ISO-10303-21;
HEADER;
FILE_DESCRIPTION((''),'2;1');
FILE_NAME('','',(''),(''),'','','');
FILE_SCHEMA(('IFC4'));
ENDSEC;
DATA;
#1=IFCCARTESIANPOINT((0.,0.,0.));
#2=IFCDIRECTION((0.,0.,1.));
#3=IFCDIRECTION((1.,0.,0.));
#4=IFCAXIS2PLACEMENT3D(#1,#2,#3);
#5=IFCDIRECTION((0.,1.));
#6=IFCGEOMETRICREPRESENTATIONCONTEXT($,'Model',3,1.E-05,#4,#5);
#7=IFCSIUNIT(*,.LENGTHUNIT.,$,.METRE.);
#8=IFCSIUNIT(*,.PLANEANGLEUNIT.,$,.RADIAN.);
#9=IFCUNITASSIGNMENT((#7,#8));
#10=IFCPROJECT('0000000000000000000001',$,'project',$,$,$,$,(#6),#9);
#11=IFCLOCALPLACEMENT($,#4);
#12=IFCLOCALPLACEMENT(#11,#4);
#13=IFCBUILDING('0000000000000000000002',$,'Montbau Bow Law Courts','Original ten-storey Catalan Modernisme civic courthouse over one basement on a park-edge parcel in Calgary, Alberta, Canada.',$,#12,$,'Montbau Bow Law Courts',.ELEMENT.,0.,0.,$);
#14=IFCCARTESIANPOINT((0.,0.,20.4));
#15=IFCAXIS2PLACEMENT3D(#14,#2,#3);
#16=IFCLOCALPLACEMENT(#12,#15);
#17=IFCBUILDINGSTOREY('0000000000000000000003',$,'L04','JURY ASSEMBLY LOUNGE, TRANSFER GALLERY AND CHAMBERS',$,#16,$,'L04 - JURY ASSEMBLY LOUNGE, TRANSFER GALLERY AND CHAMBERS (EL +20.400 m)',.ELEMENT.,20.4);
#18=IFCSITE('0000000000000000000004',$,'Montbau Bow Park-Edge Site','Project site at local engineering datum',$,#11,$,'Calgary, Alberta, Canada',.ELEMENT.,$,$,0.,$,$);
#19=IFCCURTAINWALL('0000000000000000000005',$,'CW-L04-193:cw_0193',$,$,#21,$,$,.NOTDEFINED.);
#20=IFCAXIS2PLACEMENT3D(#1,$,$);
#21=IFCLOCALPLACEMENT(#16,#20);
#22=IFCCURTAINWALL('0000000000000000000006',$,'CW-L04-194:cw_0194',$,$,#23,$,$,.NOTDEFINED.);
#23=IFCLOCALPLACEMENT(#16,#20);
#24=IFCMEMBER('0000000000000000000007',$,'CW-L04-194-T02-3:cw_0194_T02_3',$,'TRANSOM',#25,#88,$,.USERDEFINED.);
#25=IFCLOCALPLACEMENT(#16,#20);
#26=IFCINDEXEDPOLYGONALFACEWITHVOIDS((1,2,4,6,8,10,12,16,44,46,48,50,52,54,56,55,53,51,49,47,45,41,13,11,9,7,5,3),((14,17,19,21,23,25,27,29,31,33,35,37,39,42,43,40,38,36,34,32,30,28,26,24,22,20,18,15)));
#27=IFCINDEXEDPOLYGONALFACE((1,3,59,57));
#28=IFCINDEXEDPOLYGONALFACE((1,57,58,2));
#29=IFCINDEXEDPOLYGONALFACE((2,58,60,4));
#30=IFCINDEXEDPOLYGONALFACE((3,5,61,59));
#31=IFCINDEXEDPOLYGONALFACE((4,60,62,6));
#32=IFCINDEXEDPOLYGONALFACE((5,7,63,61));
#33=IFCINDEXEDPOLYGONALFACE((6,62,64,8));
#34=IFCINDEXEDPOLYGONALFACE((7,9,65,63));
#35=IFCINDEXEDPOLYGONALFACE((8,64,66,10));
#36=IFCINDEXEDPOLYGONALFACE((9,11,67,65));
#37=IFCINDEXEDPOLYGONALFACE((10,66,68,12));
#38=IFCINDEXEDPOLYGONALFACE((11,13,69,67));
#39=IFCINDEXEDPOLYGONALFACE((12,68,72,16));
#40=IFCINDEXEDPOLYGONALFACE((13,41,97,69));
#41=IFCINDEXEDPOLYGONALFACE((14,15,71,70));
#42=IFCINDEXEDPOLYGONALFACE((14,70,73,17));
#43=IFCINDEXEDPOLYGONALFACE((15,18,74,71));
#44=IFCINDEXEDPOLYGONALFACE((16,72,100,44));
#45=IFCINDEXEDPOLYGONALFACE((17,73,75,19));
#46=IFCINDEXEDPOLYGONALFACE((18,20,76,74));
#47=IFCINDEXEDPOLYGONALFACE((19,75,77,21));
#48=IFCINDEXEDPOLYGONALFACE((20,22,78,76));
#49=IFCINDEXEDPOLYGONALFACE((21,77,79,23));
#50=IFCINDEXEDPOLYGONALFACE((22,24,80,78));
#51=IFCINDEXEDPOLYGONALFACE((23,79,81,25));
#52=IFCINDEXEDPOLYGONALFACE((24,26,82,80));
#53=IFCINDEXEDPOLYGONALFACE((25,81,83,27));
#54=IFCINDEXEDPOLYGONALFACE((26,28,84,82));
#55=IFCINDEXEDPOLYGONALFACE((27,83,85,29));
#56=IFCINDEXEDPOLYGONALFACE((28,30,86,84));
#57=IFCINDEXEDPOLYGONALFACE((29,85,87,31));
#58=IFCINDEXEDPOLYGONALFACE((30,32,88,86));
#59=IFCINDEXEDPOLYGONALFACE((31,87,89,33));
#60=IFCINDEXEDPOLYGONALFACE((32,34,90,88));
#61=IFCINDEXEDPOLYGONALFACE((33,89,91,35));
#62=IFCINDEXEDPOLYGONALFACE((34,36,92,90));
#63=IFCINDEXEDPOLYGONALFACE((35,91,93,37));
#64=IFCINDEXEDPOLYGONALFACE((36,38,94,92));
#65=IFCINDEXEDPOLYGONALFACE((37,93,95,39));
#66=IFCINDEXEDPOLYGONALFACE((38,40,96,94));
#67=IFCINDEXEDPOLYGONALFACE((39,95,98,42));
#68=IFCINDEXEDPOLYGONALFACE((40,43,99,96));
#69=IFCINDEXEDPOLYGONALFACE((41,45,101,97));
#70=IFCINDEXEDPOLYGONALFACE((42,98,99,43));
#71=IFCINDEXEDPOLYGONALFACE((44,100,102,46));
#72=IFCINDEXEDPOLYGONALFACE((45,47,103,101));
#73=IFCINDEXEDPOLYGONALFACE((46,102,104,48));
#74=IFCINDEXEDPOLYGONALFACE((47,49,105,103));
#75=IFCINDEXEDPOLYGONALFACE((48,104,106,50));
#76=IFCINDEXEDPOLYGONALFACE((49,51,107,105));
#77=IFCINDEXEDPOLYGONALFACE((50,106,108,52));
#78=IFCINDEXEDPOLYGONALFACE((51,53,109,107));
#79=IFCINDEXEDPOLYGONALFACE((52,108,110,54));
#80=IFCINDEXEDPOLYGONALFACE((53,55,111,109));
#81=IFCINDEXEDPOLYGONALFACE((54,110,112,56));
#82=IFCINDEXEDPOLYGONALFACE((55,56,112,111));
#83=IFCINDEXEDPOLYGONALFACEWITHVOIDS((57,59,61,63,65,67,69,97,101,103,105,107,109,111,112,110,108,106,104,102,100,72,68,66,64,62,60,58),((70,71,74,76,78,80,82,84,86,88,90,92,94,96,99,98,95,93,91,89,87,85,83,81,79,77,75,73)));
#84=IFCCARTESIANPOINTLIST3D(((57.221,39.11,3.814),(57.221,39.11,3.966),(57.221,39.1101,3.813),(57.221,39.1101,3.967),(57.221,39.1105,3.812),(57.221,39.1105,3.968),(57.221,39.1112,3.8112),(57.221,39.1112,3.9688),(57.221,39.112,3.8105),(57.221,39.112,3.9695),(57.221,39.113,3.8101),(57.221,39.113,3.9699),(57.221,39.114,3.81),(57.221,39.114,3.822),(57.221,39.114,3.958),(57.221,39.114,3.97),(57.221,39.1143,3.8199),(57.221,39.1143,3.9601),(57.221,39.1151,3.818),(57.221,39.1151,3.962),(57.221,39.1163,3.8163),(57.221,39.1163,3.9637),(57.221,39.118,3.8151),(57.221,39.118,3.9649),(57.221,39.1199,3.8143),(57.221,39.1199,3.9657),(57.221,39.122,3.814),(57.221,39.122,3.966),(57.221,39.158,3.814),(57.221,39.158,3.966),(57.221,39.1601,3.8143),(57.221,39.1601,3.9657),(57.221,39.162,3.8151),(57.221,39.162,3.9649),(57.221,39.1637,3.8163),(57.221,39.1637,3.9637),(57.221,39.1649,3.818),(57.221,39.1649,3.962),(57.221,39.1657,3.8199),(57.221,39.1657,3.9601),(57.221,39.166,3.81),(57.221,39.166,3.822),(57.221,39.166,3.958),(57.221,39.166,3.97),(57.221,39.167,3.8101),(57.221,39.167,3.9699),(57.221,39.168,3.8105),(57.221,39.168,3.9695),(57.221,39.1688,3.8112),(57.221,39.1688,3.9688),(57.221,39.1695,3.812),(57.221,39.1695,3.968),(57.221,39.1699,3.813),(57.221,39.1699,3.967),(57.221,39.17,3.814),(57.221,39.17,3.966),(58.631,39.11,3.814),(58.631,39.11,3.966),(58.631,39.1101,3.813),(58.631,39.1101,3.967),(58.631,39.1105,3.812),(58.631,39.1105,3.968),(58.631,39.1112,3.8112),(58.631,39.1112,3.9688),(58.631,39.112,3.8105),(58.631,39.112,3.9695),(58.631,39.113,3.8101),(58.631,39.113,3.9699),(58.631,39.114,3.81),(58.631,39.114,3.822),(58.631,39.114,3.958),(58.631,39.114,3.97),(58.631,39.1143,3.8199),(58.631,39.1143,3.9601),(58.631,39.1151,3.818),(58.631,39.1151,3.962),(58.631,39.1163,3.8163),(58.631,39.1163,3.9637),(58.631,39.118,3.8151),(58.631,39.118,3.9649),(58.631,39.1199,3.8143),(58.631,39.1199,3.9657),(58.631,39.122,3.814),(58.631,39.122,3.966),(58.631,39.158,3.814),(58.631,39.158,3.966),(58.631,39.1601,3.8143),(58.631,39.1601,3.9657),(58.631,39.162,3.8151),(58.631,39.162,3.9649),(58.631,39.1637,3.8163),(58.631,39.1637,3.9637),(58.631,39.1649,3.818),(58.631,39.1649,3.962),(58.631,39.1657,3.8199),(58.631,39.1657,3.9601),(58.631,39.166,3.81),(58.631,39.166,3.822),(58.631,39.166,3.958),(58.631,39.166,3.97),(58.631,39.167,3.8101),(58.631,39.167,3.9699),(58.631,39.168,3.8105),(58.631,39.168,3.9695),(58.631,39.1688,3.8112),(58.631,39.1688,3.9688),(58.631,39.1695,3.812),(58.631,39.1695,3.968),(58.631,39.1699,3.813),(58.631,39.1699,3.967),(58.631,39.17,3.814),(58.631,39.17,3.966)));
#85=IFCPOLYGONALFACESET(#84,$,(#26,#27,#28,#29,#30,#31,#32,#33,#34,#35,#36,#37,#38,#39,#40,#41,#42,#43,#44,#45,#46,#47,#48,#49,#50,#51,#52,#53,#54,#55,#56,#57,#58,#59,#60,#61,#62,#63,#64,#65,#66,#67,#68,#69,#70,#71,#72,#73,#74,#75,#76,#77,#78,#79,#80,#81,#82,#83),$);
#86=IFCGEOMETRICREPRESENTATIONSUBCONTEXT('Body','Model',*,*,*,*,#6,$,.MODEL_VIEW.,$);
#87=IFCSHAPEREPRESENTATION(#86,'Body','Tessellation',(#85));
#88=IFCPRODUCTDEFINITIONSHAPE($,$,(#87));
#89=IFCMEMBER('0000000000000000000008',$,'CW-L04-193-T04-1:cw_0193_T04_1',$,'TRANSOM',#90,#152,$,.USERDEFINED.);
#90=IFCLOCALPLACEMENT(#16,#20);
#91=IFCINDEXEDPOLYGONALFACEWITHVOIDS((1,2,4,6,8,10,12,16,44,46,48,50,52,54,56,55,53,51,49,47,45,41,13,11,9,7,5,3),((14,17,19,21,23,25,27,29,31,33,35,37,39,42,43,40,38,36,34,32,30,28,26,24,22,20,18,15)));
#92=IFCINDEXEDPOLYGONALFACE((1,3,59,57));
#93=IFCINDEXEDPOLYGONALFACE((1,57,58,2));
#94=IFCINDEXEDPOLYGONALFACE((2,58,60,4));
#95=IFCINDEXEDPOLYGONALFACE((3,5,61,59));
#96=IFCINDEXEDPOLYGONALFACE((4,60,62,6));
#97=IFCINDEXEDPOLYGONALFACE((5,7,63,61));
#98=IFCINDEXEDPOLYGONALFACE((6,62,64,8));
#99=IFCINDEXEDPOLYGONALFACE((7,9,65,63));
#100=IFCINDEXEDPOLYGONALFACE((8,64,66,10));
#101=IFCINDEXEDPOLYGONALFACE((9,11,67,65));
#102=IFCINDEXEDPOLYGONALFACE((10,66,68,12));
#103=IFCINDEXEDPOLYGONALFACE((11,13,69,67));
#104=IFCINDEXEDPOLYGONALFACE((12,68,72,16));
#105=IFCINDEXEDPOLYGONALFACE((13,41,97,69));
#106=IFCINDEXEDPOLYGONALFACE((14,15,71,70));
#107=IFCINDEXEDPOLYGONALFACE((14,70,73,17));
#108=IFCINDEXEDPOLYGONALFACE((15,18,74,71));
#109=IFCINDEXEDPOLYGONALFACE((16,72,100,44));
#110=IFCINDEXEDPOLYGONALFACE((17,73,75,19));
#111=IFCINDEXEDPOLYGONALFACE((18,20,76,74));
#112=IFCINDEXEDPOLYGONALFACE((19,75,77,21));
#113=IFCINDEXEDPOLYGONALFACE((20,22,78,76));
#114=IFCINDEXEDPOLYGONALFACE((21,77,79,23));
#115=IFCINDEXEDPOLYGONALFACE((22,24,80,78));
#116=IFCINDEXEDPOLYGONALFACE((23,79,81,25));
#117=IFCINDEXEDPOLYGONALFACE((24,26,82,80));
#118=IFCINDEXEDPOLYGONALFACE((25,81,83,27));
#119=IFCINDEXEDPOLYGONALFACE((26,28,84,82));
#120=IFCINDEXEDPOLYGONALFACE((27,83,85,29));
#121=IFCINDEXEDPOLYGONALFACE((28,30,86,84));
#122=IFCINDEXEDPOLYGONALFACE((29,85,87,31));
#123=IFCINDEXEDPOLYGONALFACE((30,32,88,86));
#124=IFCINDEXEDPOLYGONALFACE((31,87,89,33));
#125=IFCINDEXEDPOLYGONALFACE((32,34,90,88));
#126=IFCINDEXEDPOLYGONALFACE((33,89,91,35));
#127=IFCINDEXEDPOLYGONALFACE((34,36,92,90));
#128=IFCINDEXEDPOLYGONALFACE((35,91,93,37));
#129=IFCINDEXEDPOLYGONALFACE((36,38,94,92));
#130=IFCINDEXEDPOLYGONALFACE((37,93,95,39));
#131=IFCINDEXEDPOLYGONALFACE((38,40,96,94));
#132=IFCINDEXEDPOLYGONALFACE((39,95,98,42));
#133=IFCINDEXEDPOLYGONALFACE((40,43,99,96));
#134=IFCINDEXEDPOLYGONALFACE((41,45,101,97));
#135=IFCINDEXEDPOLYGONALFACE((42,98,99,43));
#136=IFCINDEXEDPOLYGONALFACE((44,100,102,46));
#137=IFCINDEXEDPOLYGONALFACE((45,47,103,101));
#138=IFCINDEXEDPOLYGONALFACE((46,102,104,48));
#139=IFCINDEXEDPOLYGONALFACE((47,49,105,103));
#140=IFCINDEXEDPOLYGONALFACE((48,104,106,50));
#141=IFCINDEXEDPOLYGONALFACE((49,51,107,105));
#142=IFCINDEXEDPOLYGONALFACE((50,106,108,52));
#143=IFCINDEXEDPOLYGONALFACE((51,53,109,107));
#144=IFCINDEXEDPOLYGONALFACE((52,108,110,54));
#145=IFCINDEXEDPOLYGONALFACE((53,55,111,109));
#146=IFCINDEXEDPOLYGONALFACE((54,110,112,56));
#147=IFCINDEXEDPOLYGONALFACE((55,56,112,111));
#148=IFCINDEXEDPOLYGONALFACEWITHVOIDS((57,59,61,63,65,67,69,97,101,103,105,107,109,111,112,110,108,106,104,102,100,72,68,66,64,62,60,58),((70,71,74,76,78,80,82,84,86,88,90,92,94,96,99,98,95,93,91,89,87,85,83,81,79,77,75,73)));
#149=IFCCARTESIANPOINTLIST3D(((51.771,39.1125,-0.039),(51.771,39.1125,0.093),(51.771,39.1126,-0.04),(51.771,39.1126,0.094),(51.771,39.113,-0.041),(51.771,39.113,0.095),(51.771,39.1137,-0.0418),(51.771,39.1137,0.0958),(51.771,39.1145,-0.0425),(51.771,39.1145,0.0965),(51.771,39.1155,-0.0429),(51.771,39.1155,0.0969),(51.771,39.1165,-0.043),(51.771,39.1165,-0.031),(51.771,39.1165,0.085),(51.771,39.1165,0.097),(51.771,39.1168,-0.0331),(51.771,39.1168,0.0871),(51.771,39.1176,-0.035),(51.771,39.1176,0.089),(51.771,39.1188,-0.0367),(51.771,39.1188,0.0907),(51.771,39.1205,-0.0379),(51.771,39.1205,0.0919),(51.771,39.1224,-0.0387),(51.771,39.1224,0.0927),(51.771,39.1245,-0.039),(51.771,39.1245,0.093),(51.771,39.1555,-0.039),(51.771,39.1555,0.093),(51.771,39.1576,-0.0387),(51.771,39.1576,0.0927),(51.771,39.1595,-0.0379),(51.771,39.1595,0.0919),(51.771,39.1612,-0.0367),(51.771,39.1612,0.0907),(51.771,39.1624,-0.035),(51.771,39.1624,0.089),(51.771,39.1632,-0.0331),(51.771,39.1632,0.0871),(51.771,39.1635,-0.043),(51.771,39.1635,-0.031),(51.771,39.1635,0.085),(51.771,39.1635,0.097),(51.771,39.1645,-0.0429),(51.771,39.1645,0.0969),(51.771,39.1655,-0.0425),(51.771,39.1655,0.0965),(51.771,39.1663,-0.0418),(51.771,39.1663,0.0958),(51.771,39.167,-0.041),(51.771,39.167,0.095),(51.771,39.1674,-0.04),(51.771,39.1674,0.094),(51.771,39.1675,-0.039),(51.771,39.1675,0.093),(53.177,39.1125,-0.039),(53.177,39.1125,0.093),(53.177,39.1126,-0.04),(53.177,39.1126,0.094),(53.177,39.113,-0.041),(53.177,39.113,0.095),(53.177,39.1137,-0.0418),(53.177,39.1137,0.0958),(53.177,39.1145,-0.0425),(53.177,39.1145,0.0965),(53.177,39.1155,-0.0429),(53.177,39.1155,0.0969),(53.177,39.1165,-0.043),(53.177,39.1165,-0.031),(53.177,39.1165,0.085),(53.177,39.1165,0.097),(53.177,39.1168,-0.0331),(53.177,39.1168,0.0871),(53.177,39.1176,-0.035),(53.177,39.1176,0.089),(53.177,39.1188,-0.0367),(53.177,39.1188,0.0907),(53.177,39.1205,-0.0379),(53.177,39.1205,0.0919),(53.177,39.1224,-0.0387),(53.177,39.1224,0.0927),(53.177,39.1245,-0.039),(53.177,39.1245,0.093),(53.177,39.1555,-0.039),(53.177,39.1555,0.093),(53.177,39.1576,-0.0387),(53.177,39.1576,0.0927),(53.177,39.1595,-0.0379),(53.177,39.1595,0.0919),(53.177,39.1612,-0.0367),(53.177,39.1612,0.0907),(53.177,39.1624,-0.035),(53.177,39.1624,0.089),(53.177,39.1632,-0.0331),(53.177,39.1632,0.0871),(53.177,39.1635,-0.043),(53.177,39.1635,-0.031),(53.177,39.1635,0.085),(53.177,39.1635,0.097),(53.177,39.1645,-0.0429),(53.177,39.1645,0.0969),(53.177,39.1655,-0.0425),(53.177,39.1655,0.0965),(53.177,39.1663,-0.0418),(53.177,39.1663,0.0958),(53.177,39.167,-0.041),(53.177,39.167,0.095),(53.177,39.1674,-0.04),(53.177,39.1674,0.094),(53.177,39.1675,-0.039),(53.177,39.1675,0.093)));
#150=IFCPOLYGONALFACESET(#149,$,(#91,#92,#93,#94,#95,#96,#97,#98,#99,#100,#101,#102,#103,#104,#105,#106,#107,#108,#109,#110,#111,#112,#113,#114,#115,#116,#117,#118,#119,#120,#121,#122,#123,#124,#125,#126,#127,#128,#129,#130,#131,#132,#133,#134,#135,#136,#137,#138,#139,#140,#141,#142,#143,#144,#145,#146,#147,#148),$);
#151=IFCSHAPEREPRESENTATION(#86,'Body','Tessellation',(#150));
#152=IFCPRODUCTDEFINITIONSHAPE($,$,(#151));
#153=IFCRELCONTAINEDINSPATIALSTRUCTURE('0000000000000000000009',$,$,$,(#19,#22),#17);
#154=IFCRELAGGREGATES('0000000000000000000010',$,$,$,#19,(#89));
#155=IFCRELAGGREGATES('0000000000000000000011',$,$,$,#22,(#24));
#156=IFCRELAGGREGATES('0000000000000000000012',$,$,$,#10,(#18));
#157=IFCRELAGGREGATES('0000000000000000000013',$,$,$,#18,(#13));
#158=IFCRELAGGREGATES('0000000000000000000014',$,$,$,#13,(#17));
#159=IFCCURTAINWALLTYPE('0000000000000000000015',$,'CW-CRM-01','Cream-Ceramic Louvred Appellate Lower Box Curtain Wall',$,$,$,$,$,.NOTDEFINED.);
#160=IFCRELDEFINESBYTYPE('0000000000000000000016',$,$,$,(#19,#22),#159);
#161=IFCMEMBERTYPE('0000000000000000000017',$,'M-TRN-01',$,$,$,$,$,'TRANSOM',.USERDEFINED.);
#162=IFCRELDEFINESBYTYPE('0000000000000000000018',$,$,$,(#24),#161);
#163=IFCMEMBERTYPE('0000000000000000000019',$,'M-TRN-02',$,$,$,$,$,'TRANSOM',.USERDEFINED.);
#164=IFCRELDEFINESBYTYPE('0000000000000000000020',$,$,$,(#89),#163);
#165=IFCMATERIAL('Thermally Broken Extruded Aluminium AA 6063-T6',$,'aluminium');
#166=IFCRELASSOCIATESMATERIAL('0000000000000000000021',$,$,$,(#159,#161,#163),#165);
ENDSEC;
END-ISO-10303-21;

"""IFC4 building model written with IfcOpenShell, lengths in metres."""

from ifc_helpers import new_model, si_unit, direction, frame, origin_with_axes, origin_2d_with_axis, place, context, subcontext, project, spatial, hollow_rectangle, extrude, material, material_profile, profile_set, type_object, element, aggregate, save


model = new_model("IFC4")

# Units and contexts
model_context = context("Model", 3, precision=1e-05, world=origin_with_axes(), true_north=direction((0.0, 1.0)))
body_context = subcontext(model_context, "Body", "Model", "MODEL_VIEW")
ifc_project = project(units=[si_unit("LENGTHUNIT", "METRE"), si_unit("PLANEANGLEUNIT", "RADIAN")], contexts=[model_context])

# Site, building, storey
site_placement = place(None, origin_with_axes())
site = spatial("IfcSite", under=ifc_project, at=site_placement, Name="Montbau Bow Park-Edge Site", Description="Project site at local engineering datum", LongName="Calgary, Alberta, Canada", CompositionType="ELEMENT", RefElevation=0.0)
building_placement = place(site_placement, origin_with_axes())
building = spatial("IfcBuilding", under=site, at=building_placement, Name="Montbau Bow Law Courts", Description="Original ten-storey Catalan Modernisme civic courthouse over one basement on a park-edge parcel in Calgary, Alberta, Canada.", LongName="Montbau Bow Law Courts", CompositionType="ELEMENT", ElevationOfRefHeight=0.0, ElevationOfTerrain=0.0)
storey_placement = place(building_placement, frame((0.0, 0.0, 20.4), z_axis=(0.0, 0.0, 1.0), x_axis=(1.0, 0.0, 0.0)))
storey = spatial("IfcBuildingStorey", under=building, at=storey_placement, Name="L04", Description="JURY ASSEMBLY LOUNGE, TRANSFER GALLERY AND CHAMBERS", LongName="L04 - JURY ASSEMBLY LOUNGE, TRANSFER GALLERY AND CHAMBERS (EL +20.400 m)", CompositionType="ELEMENT", Elevation=20.4)

# Curtain walls, member
ifc_material_1 = material(Name="Thermally Broken Extruded Aluminium AA 6063-T6", Category="aluminium")
curtain_wall_type = type_object("IfcCurtainWallType", Name="CW-CRM-01", Description="Cream-Ceramic Louvred Appellate Lower Box Curtain Wall", PredefinedType="NOTDEFINED", material=ifc_material_1)
curtain_wall_1_placement = place(None, frame((47.315, 39.14, 20.4), z_axis=(0.0, 0.0, 1.0), x_axis=(1.0, 0.0, 0.0)))
curtain_wall_1 = element("IfcCurtainWall", 1, at=curtain_wall_1_placement, inside=storey, type_object=curtain_wall_type, Name="CW-L04-193:cw_0193", PredefinedType="NOTDEFINED")
curtain_wall_2_placement = place(None, frame((55.715, 39.14, 20.4), z_axis=(0.0, 0.0, 1.0), x_axis=(1.0, 0.0, 0.0)))
curtain_wall_2 = element("IfcCurtainWall", 2, at=curtain_wall_2_placement, inside=storey, type_object=curtain_wall_type, Name="CW-L04-194:cw_0194", PredefinedType="NOTDEFINED")
ifc_material_profile_1 = material_profile(ifc_material_1, hollow_rectangle(XDim=0.06, YDim=0.16, WallThickness=0.004, InnerFilletRadius=0.008, OuterFilletRadius=0.004, at=origin_2d_with_axis()), Name="CWT-160X60", Category="Main", Priority=0)
ifc_profile_set_1 = profile_set([ifc_material_profile_1], Name="Thermally Broken Extruded Aluminium AA 6063-T6")
member_type_1 = type_object("IfcMemberType", Name="M-TRN-01", ElementType="TRANSOM", PredefinedType="USERDEFINED", material=ifc_profile_set_1)
member_1_placement = place(None, frame((57.221, 39.14, 24.29), z_axis=(1.0, 0.0, 0.0), x_axis=(0.0, 1.0, 0.0)))
member_1 = element("IfcMember", 3, at=member_1_placement, type_object=member_type_1, Name="CW-L04-194-T02-3:cw_0194_T02_3", ObjectType="TRANSOM", PredefinedType="USERDEFINED", context=body_context, shape_type="SweptSolid", body=[
    extrude(hollow_rectangle(XDim=0.06, YDim=0.16, WallThickness=0.004, InnerFilletRadius=0.008, OuterFilletRadius=0.004, at=origin_2d_with_axis()), origin_with_axes(), (0.0, 0.0, 1.0), 1.41),
])

# Member
ifc_material_profile_2 = material_profile(ifc_material_1, hollow_rectangle(XDim=0.055, YDim=0.14, WallThickness=0.004, InnerFilletRadius=0.008, OuterFilletRadius=0.004, at=origin_2d_with_axis()), Name="CWT-140X55", Category="Main", Priority=0)
ifc_profile_set_2 = profile_set([ifc_material_profile_2], Name="Thermally Broken Extruded Aluminium AA 6063-T6")
member_type_2 = type_object("IfcMemberType", Name="M-TRN-02", ElementType="TRANSOM", PredefinedType="USERDEFINED", material=ifc_profile_set_2)
member_2_placement = place(None, frame((51.771, 39.14, 20.427), z_axis=(1.0, 0.0, 0.0), x_axis=(0.0, 1.0, 0.0)))
member_2 = element("IfcMember", 4, at=member_2_placement, type_object=member_type_2, Name="CW-L04-193-T04-1:cw_0193_T04_1", ObjectType="TRANSOM", PredefinedType="USERDEFINED", context=body_context, shape_type="SweptSolid", body=[
    extrude(hollow_rectangle(XDim=0.055, YDim=0.14, WallThickness=0.004, InnerFilletRadius=0.008, OuterFilletRadius=0.004, at=origin_2d_with_axis()), origin_with_axes(), (0.0, 0.0, 1.0), 1.406),
])

aggregate(curtain_wall_1, [member_2])
aggregate(curtain_wall_2, [member_1])

save(model, "model.ifc")
